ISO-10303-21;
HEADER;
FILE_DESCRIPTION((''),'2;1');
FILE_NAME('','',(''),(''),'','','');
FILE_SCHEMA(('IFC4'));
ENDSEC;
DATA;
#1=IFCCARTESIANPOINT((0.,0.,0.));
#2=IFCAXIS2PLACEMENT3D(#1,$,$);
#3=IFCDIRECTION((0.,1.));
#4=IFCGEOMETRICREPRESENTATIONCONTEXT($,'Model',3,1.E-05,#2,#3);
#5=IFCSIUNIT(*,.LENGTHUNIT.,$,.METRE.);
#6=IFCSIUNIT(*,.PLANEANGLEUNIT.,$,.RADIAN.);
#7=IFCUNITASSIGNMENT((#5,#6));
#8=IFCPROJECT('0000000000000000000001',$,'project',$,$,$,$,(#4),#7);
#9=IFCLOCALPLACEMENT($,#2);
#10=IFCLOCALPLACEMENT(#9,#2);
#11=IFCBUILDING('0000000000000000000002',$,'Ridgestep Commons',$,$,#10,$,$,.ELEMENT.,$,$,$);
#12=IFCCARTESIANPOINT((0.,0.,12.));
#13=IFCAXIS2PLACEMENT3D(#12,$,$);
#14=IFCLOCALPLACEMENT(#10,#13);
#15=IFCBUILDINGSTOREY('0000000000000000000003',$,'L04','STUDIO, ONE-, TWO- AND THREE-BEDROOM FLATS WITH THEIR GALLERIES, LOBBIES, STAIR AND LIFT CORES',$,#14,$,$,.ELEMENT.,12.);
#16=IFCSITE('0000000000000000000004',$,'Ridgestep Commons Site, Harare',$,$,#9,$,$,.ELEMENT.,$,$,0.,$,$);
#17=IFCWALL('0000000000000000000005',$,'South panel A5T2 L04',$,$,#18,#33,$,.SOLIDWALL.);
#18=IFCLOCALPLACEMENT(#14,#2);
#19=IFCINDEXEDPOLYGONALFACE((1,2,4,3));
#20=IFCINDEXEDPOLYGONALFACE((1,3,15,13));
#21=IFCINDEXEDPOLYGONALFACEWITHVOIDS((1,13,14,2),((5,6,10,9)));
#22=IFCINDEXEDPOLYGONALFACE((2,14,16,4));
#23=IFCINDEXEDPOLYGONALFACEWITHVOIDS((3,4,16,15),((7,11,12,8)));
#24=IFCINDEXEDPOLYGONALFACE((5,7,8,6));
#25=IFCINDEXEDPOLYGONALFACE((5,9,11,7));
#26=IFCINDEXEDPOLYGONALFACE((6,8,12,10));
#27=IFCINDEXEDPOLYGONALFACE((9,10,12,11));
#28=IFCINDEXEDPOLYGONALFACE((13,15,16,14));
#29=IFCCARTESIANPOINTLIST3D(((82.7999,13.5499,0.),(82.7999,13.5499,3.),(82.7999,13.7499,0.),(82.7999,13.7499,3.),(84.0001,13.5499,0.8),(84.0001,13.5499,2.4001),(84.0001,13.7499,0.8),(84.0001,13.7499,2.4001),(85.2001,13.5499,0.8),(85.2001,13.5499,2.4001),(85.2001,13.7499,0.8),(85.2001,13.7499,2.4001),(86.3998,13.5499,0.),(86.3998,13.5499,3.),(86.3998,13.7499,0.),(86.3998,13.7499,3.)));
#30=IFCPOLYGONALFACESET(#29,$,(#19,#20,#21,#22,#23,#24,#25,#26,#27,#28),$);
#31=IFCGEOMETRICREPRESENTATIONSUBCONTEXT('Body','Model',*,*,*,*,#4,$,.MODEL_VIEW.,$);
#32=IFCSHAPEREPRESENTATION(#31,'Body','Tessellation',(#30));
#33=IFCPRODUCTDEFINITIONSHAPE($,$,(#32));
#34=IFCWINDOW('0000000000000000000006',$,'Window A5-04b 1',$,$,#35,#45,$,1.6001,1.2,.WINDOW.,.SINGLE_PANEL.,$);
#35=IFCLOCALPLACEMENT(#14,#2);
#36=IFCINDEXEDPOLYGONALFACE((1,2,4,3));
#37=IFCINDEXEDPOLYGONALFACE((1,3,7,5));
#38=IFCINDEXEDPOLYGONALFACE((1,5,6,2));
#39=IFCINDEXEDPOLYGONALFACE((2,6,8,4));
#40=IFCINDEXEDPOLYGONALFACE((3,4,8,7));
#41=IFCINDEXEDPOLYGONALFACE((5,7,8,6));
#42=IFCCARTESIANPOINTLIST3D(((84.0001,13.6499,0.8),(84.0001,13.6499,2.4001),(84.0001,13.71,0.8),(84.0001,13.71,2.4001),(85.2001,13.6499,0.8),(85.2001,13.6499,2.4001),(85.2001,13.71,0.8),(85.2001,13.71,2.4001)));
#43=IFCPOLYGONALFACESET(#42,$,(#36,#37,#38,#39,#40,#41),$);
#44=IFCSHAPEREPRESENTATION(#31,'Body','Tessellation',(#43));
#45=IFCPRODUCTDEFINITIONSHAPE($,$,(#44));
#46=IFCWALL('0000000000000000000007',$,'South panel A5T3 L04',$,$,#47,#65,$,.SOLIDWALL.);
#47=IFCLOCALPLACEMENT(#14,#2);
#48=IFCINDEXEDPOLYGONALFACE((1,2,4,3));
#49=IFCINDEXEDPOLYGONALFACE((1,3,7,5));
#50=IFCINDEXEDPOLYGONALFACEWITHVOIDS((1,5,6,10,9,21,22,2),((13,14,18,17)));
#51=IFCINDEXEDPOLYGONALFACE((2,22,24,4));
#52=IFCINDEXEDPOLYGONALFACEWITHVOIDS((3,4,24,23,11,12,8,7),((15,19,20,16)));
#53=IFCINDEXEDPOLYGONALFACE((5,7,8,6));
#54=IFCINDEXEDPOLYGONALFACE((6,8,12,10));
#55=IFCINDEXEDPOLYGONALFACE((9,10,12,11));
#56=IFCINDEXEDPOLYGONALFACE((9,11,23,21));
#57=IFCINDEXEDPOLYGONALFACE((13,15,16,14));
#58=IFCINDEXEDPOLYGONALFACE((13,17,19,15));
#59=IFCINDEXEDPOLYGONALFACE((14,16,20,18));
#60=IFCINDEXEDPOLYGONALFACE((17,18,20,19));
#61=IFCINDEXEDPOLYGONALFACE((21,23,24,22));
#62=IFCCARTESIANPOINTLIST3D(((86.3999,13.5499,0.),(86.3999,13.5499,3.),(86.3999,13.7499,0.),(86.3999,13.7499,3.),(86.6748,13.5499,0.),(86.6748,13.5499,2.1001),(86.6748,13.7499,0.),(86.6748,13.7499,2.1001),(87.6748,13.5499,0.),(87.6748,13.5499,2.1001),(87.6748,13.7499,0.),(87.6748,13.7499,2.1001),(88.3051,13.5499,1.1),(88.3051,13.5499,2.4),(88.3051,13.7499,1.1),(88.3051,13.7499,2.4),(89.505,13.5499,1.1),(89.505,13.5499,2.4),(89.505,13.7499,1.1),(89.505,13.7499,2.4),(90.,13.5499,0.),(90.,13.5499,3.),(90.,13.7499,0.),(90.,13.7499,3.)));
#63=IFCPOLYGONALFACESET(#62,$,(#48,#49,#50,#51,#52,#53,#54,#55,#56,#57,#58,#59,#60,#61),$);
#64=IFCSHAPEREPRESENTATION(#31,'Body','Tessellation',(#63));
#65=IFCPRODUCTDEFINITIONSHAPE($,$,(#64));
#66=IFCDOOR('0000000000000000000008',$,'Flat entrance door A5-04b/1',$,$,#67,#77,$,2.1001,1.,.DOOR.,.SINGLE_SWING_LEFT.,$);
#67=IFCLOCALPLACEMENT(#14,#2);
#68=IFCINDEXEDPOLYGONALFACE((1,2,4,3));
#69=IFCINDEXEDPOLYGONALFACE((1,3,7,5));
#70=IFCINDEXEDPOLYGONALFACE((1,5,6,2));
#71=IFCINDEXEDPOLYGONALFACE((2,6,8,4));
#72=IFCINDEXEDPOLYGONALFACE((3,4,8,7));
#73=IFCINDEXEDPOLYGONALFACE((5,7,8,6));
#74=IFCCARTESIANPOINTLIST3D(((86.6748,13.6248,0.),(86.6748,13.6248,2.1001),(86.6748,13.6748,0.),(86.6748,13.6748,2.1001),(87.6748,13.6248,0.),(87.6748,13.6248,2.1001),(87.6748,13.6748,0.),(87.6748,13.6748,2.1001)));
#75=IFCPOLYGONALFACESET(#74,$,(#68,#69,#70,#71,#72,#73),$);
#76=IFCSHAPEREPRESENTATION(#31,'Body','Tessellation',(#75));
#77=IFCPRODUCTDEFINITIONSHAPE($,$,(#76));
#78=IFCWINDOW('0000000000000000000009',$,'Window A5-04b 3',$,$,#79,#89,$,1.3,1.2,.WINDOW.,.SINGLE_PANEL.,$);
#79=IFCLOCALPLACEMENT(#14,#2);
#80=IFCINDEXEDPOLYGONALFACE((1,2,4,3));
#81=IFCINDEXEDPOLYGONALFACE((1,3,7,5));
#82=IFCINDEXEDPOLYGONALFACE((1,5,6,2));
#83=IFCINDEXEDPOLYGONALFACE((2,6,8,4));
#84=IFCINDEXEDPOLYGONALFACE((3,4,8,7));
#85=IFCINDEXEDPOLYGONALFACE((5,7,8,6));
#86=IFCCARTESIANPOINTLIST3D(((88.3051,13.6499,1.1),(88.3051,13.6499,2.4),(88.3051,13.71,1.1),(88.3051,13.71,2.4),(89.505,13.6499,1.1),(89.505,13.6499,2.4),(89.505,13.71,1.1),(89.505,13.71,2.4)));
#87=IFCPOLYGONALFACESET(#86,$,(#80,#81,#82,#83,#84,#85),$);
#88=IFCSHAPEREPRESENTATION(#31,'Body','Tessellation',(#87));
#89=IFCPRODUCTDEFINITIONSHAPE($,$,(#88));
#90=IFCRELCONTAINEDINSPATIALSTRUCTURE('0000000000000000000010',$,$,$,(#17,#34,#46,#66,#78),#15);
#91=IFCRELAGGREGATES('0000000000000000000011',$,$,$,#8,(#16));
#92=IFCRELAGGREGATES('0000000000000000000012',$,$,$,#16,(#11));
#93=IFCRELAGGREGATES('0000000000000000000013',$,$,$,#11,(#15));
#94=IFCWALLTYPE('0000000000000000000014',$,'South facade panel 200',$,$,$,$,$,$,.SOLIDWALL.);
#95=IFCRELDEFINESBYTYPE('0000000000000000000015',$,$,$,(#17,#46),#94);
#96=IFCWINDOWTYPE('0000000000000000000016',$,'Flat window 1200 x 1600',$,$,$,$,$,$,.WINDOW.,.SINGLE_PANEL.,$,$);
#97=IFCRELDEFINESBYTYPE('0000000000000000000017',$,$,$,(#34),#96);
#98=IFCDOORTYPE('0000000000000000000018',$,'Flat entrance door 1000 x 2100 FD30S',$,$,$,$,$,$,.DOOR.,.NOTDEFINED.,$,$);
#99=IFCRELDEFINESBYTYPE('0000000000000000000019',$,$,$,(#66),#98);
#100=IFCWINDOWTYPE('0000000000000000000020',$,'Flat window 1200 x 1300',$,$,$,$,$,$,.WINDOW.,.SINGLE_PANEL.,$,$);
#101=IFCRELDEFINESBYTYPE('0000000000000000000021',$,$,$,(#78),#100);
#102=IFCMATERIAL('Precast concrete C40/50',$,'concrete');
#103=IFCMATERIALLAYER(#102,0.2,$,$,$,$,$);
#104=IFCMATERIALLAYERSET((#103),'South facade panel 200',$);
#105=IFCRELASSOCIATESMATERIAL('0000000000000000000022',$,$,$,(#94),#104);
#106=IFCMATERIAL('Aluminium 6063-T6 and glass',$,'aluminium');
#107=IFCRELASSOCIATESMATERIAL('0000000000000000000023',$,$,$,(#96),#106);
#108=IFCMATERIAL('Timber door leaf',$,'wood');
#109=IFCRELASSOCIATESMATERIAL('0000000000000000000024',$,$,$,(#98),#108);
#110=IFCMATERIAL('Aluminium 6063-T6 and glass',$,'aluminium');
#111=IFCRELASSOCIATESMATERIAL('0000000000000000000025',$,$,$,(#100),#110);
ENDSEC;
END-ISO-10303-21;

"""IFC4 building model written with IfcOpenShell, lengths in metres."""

from ifc_helpers import new_model, si_unit, direction, frame, frame_2d, origin, place, context, subcontext, project, spatial, rectangle, extrude, material, layer, layer_set, type_object, element, fill, save


model = new_model("IFC4")

# Units and contexts
model_context = context("Model", 3, precision=1e-05, world=origin(), true_north=direction((0.0, 1.0)))
body_context = subcontext(model_context, "Body", "Model", "MODEL_VIEW")
ifc_project = project(units=[si_unit("LENGTHUNIT", "METRE"), si_unit("PLANEANGLEUNIT", "RADIAN")], contexts=[model_context])

# Site, building, storey
site_placement = place(None, origin())
site = spatial("IfcSite", under=ifc_project, at=site_placement, Name="Ridgestep Commons Site, Harare", CompositionType="ELEMENT", RefElevation=0.0)
building_placement = place(site_placement, origin())
building = spatial("IfcBuilding", under=site, at=building_placement, Name="Ridgestep Commons", CompositionType="ELEMENT")
storey_placement = place(building_placement, frame((0.0, 0.0, 12.0)))
storey = spatial("IfcBuildingStorey", under=building, at=storey_placement, Name="L04", Description="STUDIO, ONE-, TWO- AND THREE-BEDROOM FLATS WITH THEIR GALLERIES, LOBBIES, STAIR AND LIFT CORES", CompositionType="ELEMENT", Elevation=12.0)

# Wall, opening, window
ifc_material_1 = material(Name="Precast concrete C40/50", Category="concrete")
ifc_layer_1 = layer(ifc_material_1, 0.2)
ifc_layer_set_1 = layer_set([ifc_layer_1], Name="South facade panel 200")
wall_type_1 = type_object("IfcWallType", Name="South facade panel 200", PredefinedType="SOLIDWALL", material=ifc_layer_set_1)
wall_1_placement = place(storey_placement, frame((82.8, 13.6499, 0.0), z_axis=(0.0, 0.0, 1.0), x_axis=(1.0, 0.0, 0.0)))
wall_1 = element("IfcWall", 1, at=wall_1_placement, inside=storey, type_object=wall_type_1, Name="South panel A5T2 L04", PredefinedType="SOLIDWALL", context=body_context, shape_type="SweptSolid", body=[
    extrude(rectangle(XDim=3.5999, YDim=0.2, at=frame_2d((1.7998, 0.0))), origin(), (0.0, 0.0, 1.0), 3.0),
])
opening_1_placement = place(wall_1_placement, frame((1.2, 0.0, 0.8)))
opening_1 = element("IfcOpeningElement", 2, at=opening_1_placement, cuts=wall_1, PredefinedType="OPENING", context=body_context, shape_type="SweptSolid", body=[
    extrude(rectangle(XDim=1.2, YDim=1.6001, at=frame_2d((0.6001, 0.8))), frame((0.0, 0.1099, 0.0), z_axis=(0.0, -1.0, 0.0), x_axis=(1.0, 0.0, 0.0)), (0.0, 0.0, 1.0), 0.22),
])
ifc_material_2 = material(Name="Aluminium 6063-T6 and glass", Category="aluminium")
window_type_1 = type_object("IfcWindowType", Name="Flat window 1200 x 1600", PartitioningType="SINGLE_PANEL", PredefinedType="WINDOW", material=ifc_material_2)
window_1_placement = place(opening_1_placement, origin())
window_1 = element("IfcWindow", 3, at=window_1_placement, inside=storey, type_object=window_type_1, Name="Window A5-04b 1", OverallHeight=1.6001, OverallWidth=1.2, PartitioningType="SINGLE_PANEL", PredefinedType="WINDOW", context=body_context, shape_type="SweptSolid", body=[
    extrude(rectangle(XDim=1.2, YDim=1.6001, at=frame_2d((0.6001, 0.8))), frame((0.0, 0.0601, 0.0), z_axis=(0.0, -1.0, 0.0), x_axis=(1.0, 0.0, 0.0)), (0.0, 0.0, 1.0), 0.0601),
])
fill(opening_1, window_1)

# Wall, openings, door, window
wall_2_placement = place(storey_placement, frame((86.3999, 13.6499, 0.0), z_axis=(0.0, 0.0, 1.0), x_axis=(1.0, 0.0, 0.0)))
wall_2 = element("IfcWall", 4, at=wall_2_placement, inside=storey, type_object=wall_type_1, Name="South panel A5T3 L04", PredefinedType="SOLIDWALL", context=body_context, shape_type="SweptSolid", body=[
    extrude(rectangle(XDim=3.6001, YDim=0.2, at=frame_2d((1.8, 0.0))), origin(), (0.0, 0.0, 1.0), 3.0),
])
opening_2_placement = place(wall_2_placement, frame((1.905, 0.0, 1.1001)))
opening_2 = element("IfcOpeningElement", 5, at=opening_2_placement, cuts=wall_2, PredefinedType="OPENING", context=body_context, shape_type="SweptSolid", body=[
    extrude(rectangle(XDim=1.2, YDim=1.3, at=frame_2d((0.6001, 0.6499))), frame((0.0, 0.1099, 0.0), z_axis=(0.0, -1.0, 0.0), x_axis=(1.0, 0.0, 0.0)), (0.0, 0.0, 1.0), 0.22),
])
opening_3_placement = place(wall_2_placement, frame((0.2749, 0.0, 0.0)))
opening_3 = element("IfcOpeningElement", 6, at=opening_3_placement, cuts=wall_2, PredefinedType="OPENING", context=body_context, shape_type="SweptSolid", body=[
    extrude(rectangle(XDim=1.0, YDim=2.1001, at=frame_2d((0.5, 1.05))), frame((0.0, 0.1099, 0.0), z_axis=(0.0, -1.0, 0.0), x_axis=(1.0, 0.0, 0.0)), (0.0, 0.0, 1.0), 0.22),
])
ifc_material_3 = material(Name="Timber door leaf", Category="wood")
door_type_1 = type_object("IfcDoorType", Name="Flat entrance door 1000 x 2100 FD30S", OperationType="NOTDEFINED", PredefinedType="DOOR", material=ifc_material_3)
door_1_placement = place(opening_3_placement, origin())
door_1 = element("IfcDoor", 7, at=door_1_placement, inside=storey, type_object=door_type_1, Name="Flat entrance door A5-04b/1", OperationType="SINGLE_SWING_LEFT", OverallHeight=2.1001, OverallWidth=1.0, PredefinedType="DOOR", context=body_context, shape_type="SweptSolid", body=[
    extrude(rectangle(XDim=1.0, YDim=2.1001, at=frame_2d((0.5, 1.05))), frame((0.0, 0.0249, 0.0), z_axis=(0.0, -1.0, 0.0), x_axis=(1.0, 0.0, 0.0)), (0.0, 0.0, 1.0), 0.05),
])
fill(opening_3, door_1)
ifc_material_4 = material(Name="Aluminium 6063-T6 and glass", Category="aluminium")
window_type_2 = type_object("IfcWindowType", Name="Flat window 1200 x 1300", PartitioningType="SINGLE_PANEL", PredefinedType="WINDOW", material=ifc_material_4)
window_2_placement = place(opening_2_placement, origin())
window_2 = element("IfcWindow", 8, at=window_2_placement, inside=storey, type_object=window_type_2, Name="Window A5-04b 3", OverallHeight=1.3, OverallWidth=1.2, PartitioningType="SINGLE_PANEL", PredefinedType="WINDOW", context=body_context, shape_type="SweptSolid", body=[
    extrude(rectangle(XDim=1.2, YDim=1.3, at=frame_2d((0.6001, 0.6499))), frame((0.0, 0.0601, 0.0), z_axis=(0.0, -1.0, 0.0), x_axis=(1.0, 0.0, 0.0)), (0.0, 0.0, 1.0), 0.0601),
])
fill(opening_2, window_2)

save(model, "model.ifc")
